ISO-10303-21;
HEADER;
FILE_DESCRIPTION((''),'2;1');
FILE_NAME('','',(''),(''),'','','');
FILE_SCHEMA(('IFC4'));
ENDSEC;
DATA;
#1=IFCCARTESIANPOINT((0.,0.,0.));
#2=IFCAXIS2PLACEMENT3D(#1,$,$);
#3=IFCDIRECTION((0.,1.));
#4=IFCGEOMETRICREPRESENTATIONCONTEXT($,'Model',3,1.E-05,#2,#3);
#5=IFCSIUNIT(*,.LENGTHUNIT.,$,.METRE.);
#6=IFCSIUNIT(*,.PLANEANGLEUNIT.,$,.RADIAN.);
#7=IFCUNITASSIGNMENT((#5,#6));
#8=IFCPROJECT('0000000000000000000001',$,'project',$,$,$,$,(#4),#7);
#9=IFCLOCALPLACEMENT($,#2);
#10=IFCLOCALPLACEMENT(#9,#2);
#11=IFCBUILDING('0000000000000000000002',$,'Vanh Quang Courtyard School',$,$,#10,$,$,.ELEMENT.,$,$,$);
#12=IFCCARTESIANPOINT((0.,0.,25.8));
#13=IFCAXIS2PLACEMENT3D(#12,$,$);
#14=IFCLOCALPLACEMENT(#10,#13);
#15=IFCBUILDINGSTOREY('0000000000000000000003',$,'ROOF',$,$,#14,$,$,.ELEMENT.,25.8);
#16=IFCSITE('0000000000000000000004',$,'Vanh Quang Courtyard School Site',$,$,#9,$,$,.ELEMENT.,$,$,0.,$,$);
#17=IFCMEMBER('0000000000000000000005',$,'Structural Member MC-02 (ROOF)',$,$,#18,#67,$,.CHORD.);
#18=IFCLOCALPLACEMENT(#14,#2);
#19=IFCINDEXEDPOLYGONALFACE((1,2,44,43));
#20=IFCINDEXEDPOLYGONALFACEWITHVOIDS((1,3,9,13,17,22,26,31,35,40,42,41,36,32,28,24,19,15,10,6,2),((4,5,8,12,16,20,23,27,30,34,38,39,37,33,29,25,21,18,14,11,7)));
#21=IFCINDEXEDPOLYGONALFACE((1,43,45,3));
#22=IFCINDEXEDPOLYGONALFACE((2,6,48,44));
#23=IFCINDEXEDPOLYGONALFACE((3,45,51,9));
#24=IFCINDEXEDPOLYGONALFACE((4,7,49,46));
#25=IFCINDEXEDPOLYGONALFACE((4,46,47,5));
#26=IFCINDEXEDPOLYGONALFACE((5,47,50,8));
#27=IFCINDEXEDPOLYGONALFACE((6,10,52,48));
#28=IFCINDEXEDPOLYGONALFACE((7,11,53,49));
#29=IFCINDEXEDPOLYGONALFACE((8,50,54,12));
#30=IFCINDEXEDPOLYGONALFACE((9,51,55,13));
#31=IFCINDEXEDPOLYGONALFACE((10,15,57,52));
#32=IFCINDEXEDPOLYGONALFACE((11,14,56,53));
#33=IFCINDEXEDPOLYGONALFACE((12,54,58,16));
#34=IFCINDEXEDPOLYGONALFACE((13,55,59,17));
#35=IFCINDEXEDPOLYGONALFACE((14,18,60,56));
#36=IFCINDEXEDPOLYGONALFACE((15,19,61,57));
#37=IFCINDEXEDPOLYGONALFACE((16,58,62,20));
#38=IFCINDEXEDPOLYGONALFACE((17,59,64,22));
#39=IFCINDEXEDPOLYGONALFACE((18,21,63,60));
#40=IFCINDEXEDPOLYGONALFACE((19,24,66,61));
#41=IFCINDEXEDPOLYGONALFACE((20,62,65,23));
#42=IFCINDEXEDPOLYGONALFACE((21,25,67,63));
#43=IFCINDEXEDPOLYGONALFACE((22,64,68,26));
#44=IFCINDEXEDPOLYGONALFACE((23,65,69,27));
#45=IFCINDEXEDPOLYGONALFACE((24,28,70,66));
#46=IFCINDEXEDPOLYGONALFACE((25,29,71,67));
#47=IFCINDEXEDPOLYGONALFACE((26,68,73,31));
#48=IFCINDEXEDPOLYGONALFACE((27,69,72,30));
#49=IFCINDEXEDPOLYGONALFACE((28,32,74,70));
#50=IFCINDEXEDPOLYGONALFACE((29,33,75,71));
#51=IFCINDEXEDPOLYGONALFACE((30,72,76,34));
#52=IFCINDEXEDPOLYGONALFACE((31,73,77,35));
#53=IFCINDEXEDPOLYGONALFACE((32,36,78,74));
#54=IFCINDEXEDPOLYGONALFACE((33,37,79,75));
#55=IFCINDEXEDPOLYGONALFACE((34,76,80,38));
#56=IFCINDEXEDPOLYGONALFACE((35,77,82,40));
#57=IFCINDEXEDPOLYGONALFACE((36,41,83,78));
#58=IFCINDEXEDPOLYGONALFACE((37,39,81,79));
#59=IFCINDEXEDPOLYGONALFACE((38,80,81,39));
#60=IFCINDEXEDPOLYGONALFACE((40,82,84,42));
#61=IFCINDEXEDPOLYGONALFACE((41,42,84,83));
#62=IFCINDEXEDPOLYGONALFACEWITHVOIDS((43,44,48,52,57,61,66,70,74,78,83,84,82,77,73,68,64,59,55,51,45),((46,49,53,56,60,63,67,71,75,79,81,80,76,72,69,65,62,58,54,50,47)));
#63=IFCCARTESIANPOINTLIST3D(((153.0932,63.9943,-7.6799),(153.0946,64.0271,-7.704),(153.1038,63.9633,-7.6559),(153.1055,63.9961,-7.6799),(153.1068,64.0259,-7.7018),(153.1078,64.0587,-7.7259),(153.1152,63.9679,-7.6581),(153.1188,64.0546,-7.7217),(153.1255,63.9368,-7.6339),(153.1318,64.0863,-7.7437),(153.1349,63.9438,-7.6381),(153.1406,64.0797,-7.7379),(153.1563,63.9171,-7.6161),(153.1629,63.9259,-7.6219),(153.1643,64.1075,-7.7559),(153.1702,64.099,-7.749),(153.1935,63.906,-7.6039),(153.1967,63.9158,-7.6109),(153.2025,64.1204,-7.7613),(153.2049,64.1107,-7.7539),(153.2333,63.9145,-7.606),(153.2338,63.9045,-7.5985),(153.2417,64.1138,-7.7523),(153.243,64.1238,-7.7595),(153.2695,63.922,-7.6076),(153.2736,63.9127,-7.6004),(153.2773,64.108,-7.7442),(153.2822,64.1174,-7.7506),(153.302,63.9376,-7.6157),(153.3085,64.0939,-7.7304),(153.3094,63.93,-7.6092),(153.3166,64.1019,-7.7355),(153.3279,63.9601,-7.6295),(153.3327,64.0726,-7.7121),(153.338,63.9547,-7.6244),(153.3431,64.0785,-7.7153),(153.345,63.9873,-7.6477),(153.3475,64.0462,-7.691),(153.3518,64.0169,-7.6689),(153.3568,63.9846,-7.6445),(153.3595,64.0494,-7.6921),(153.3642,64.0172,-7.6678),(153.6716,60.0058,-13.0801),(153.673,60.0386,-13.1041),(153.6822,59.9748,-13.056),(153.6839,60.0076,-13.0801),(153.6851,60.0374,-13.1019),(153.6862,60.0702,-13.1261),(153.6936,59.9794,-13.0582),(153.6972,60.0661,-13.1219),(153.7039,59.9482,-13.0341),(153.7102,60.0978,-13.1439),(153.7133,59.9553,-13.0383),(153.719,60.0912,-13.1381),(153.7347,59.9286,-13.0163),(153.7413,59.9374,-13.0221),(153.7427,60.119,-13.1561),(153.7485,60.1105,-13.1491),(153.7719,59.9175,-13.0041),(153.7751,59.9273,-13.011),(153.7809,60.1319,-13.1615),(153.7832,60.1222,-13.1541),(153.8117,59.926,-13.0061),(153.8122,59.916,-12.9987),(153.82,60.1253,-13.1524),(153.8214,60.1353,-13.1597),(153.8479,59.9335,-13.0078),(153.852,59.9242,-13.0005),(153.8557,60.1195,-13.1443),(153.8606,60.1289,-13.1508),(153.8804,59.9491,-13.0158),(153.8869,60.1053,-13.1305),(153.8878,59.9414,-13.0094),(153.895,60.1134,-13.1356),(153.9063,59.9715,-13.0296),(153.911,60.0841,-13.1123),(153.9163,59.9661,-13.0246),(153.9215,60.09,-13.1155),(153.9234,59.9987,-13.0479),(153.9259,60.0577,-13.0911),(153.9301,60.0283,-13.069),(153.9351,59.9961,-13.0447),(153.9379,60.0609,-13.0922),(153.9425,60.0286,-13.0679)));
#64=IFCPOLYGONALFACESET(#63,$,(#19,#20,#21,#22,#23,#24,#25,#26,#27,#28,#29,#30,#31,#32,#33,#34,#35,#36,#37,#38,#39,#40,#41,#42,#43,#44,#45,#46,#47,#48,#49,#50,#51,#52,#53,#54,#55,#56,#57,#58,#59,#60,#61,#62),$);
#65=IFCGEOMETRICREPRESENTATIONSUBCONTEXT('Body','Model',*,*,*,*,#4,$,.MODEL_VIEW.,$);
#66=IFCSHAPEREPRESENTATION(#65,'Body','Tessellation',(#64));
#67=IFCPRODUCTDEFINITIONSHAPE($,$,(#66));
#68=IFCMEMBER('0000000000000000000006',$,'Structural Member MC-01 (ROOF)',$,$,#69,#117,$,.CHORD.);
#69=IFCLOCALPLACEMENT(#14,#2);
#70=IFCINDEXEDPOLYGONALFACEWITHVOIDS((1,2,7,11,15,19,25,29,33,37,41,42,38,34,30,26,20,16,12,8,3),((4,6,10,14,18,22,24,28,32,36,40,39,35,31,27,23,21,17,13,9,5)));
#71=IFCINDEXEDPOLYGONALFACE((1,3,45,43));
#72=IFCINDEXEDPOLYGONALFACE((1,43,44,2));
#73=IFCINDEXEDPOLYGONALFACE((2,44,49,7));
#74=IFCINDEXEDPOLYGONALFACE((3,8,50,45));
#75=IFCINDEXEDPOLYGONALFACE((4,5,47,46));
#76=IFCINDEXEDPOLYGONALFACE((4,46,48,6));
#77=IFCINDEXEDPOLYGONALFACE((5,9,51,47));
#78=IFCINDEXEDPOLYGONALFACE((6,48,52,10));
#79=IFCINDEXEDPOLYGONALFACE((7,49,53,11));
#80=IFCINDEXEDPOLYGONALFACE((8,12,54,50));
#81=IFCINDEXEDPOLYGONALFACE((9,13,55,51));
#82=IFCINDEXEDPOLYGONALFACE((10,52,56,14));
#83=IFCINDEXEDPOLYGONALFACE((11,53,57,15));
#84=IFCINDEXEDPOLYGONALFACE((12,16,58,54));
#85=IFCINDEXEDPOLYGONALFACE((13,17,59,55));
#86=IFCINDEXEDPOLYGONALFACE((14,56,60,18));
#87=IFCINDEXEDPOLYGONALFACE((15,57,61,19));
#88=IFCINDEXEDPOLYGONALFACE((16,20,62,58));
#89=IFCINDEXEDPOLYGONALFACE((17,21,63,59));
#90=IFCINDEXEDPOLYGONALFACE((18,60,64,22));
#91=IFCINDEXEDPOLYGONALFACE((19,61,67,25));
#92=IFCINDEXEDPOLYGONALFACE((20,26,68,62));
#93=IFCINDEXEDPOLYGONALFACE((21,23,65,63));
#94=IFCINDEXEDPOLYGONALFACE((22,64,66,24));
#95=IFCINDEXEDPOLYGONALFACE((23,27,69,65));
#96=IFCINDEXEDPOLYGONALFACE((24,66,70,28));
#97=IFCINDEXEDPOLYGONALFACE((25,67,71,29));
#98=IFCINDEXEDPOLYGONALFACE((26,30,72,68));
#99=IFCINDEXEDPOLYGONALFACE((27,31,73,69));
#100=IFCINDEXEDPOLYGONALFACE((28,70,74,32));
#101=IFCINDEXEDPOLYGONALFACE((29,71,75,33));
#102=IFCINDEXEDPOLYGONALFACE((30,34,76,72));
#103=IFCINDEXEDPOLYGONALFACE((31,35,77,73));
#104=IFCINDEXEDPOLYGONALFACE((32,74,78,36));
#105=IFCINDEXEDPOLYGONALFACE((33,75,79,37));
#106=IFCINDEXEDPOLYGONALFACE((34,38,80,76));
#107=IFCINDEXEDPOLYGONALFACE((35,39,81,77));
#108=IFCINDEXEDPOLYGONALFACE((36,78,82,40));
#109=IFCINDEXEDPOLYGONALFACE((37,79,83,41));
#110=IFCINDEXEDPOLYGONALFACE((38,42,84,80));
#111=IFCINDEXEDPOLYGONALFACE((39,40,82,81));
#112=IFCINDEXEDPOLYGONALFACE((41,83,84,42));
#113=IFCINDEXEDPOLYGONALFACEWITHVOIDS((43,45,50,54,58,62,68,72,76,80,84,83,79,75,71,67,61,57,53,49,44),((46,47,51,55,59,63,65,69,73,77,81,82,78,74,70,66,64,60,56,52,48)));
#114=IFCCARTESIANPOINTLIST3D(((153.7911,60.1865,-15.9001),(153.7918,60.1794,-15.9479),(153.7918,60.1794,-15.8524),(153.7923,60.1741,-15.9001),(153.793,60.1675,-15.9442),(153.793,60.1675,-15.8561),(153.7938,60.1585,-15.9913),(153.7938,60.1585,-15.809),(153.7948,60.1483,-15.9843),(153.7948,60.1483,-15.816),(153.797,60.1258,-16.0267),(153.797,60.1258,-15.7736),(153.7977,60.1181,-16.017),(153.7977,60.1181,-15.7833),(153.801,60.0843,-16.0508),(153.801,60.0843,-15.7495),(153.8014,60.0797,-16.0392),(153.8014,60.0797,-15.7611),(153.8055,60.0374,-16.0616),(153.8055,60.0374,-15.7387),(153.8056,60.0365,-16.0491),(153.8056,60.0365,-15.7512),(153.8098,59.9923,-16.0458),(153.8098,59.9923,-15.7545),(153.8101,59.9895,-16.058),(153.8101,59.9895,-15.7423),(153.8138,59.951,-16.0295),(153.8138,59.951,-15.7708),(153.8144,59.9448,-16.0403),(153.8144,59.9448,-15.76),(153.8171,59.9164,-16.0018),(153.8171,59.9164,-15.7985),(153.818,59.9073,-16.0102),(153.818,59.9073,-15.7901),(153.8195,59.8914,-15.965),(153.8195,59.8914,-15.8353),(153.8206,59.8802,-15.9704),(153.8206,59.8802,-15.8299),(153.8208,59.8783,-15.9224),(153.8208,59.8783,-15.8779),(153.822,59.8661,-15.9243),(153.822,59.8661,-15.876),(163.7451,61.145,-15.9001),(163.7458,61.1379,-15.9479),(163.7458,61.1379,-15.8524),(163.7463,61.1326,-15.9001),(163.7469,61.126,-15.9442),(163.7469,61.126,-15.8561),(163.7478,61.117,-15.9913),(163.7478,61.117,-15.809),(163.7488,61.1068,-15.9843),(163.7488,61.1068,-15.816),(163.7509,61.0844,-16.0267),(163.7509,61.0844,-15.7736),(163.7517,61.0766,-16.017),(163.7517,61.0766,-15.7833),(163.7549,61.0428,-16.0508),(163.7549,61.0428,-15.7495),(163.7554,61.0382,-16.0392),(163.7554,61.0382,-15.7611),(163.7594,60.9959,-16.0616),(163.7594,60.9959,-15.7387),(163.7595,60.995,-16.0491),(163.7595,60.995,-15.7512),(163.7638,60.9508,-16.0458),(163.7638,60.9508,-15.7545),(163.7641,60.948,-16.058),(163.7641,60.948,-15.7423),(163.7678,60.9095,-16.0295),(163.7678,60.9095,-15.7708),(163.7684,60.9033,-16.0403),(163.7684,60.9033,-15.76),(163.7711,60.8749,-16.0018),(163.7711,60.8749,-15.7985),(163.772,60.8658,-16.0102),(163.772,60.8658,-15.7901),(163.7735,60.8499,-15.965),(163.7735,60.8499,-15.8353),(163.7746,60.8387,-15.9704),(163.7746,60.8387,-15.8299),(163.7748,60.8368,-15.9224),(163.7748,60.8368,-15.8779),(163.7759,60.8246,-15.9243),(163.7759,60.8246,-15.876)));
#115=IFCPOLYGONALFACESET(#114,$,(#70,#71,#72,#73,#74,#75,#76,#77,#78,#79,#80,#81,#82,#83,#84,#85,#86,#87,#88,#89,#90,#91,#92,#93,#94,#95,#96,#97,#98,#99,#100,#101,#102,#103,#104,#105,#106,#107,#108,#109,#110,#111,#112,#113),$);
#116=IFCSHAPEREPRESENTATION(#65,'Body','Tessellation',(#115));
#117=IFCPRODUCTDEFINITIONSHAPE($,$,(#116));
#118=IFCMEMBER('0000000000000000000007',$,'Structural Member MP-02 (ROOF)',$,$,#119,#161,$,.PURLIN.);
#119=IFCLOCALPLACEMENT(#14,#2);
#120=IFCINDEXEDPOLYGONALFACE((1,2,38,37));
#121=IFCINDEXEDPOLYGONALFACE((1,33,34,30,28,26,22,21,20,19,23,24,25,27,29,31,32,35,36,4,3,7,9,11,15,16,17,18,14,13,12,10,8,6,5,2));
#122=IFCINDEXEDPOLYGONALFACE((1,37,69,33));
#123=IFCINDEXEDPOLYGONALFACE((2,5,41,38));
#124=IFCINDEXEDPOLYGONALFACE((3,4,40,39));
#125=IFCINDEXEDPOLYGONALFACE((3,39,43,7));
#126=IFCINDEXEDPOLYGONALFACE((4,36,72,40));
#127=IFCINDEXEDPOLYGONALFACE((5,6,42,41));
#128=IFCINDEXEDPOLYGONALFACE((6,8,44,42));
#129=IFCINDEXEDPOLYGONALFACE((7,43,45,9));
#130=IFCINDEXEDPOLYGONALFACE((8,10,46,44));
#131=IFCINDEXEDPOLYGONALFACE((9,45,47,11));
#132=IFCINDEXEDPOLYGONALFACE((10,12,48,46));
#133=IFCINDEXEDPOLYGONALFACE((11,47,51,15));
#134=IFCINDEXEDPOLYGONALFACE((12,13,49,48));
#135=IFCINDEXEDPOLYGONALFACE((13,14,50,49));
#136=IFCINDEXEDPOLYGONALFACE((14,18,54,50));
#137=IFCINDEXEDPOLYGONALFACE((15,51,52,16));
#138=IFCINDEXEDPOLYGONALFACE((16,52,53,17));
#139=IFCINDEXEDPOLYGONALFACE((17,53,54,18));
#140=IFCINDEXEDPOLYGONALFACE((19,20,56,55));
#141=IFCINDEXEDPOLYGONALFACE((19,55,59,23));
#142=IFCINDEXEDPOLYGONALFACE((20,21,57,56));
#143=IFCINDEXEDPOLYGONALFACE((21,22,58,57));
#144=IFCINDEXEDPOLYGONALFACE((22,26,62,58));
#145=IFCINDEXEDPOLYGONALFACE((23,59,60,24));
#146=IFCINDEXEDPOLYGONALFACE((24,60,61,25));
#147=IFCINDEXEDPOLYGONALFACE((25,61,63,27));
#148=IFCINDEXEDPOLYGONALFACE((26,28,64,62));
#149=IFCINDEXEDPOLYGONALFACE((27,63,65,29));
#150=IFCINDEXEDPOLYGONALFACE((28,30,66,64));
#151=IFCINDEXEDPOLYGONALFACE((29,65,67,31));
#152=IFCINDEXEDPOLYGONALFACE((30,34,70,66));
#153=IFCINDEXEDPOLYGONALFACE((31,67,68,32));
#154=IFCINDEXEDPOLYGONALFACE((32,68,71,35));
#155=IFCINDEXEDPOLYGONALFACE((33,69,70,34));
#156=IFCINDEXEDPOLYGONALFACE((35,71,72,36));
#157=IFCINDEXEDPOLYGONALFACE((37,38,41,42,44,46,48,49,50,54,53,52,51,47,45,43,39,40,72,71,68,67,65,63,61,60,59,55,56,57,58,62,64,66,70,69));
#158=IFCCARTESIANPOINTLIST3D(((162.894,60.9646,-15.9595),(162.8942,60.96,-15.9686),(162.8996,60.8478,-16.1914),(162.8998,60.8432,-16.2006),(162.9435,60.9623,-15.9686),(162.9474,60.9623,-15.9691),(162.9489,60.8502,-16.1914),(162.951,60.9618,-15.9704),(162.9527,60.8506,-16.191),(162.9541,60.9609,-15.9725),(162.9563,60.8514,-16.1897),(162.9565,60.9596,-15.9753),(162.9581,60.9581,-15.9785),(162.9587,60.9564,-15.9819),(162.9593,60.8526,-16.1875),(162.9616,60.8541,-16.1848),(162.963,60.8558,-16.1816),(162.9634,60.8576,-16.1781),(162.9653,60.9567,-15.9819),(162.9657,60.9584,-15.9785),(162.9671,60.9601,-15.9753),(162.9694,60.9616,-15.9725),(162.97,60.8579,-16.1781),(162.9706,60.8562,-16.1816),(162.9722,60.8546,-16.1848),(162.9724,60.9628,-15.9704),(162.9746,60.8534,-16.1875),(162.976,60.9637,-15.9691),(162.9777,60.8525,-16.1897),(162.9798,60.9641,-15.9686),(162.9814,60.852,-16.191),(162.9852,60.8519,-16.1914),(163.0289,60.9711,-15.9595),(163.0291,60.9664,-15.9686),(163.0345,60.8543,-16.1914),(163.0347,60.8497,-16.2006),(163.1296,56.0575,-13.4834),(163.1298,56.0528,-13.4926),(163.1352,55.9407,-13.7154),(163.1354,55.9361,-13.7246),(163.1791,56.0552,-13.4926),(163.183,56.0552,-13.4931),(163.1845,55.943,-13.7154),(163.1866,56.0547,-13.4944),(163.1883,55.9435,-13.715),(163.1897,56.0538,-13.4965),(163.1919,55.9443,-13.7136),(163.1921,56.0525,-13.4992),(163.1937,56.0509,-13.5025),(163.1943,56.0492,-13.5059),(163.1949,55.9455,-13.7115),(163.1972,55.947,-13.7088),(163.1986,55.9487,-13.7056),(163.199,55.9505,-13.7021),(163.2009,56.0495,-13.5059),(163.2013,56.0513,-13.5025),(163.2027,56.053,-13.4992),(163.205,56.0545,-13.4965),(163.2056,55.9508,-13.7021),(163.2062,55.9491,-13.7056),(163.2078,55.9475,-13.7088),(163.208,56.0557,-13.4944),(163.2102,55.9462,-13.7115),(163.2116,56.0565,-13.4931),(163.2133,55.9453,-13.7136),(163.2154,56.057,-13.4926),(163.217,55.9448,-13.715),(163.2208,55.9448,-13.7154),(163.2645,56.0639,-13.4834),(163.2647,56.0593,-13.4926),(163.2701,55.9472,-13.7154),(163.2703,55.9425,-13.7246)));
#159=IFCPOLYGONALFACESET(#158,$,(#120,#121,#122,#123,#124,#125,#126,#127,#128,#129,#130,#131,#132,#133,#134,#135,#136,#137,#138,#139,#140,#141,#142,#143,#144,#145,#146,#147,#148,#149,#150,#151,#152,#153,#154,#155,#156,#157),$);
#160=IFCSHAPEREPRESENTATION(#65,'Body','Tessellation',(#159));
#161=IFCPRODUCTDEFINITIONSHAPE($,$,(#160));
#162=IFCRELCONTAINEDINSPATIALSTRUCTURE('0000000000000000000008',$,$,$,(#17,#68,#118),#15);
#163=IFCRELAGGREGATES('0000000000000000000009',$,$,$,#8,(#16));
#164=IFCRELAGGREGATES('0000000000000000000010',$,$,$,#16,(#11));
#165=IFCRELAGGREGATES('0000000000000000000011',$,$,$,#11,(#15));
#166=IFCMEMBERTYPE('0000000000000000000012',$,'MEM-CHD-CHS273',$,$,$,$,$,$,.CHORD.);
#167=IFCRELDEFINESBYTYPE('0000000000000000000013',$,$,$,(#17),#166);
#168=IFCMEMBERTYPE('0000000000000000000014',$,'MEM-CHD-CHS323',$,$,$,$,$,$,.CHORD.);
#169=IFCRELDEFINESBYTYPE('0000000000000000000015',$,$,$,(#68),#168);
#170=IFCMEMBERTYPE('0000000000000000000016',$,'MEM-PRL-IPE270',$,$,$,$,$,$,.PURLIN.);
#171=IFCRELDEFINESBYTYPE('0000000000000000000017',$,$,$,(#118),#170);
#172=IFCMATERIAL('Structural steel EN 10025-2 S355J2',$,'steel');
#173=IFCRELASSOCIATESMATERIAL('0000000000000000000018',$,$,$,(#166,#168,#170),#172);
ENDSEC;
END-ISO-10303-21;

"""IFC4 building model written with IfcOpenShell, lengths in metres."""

from ifc_helpers import new_model, si_unit, direction, frame, origin, origin_2d, place, context, subcontext, project, spatial, hollow_circle, i_section, extrude, material, material_profile, profile_set, type_object, element, save


model = new_model("IFC4")

# Units and contexts
model_context = context("Model", 3, precision=1e-05, world=origin(), true_north=direction((0.0, 1.0)))
body_context = subcontext(model_context, "Body", "Model", "MODEL_VIEW")
ifc_project = project(units=[si_unit("LENGTHUNIT", "METRE"), si_unit("PLANEANGLEUNIT", "RADIAN")], contexts=[model_context])

# Site, building, storey
site_placement = place(None, origin())
site = spatial("IfcSite", under=ifc_project, at=site_placement, Name="Vanh Quang Courtyard School Site", CompositionType="ELEMENT", RefElevation=0.0)
building_placement = place(site_placement, origin())
building = spatial("IfcBuilding", under=site, at=building_placement, Name="Vanh Quang Courtyard School", CompositionType="ELEMENT")
storey_placement = place(building_placement, frame((0.0, 0.0, 25.8)))
storey = spatial("IfcBuildingStorey", under=building, at=storey_placement, Name="ROOF", CompositionType="ELEMENT", Elevation=25.8)

# Shared definitions
ifc_material_1 = material(Name="Structural steel EN 10025-2 S355J2", Category="steel")

# Members
ifc_material_profile_1 = material_profile(ifc_material_1, hollow_circle(Radius=0.1365, WallThickness=0.0125, at=origin_2d()), Name="CHS 273x12.5")
ifc_profile_set_1 = profile_set([ifc_material_profile_1], Name="Structural steel EN 10025-2 S355J2")
member_type_1 = type_object("IfcMemberType", Name="MEM-CHD-CHS273", PredefinedType="CHORD", material=ifc_profile_set_1)
member_1_placement = place(storey_placement, frame((153.8066, 60.0254, -13.0801), z_axis=(-0.085833, 0.59192, 0.801413), x_axis=(-0.989649, -0.143507, 0.0)))
element("IfcMember", 1, at=member_1_placement, inside=storey, type_object=member_type_1, Name="Structural Member MC-02 (ROOF)", PredefinedType="CHORD", context=body_context, shape_type="SweptSolid", body=[
    extrude(hollow_circle(Radius=0.1365, WallThickness=0.0125, at=origin_2d()), origin(), (0.0, 0.0, 1.0), 6.7383),
])
ifc_material_profile_2 = material_profile(ifc_material_1, hollow_circle(Radius=0.1619, WallThickness=0.0125, at=origin_2d()), Name="CHS 323.9x12.5")
ifc_profile_set_2 = profile_set([ifc_material_profile_2], Name="Structural steel EN 10025-2 S355J2")
member_type_2 = type_object("IfcMemberType", Name="MEM-CHD-CHS323", PredefinedType="CHORD", material=ifc_profile_set_2)
member_2_placement = place(storey_placement, frame((153.8066, 60.0254, -15.9001), z_axis=(0.995396, 0.095851, 0.0), x_axis=(-0.095851, 0.995396, 0.0)))
element("IfcMember", 2, at=member_2_placement, inside=storey, type_object=member_type_2, Name="Structural Member MC-01 (ROOF)", PredefinedType="CHORD", context=body_context, shape_type="SweptSolid", body=[
    extrude(hollow_circle(Radius=0.1619, WallThickness=0.0125, at=origin_2d()), origin(), (0.0, 0.0, 1.0), 10.0),
])
ifc_material_profile_3 = material_profile(ifc_material_1, i_section(OverallWidth=0.135, OverallDepth=0.27, WebThickness=0.0066, FlangeThickness=0.0103, FilletRadius=0.0149, at=origin_2d()), Name="IPE 270")
ifc_profile_set_3 = profile_set([ifc_material_profile_3], Name="Structural steel EN 10025-2 S355J2")
member_type_3 = type_object("IfcMemberType", Name="MEM-PRL-IPE270", PredefinedType="PURLIN", material=ifc_profile_set_3)
member_3_placement = place(storey_placement, frame((163.2, 56.0, -13.604), z_axis=(-0.042823, 0.891968, -0.450066), x_axis=(-0.99885, -0.047955, 0.0)))
element("IfcMember", 3, at=member_3_placement, inside=storey, type_object=member_type_3, Name="Structural Member MP-02 (ROOF)", PredefinedType="PURLIN", context=body_context, shape_type="SweptSolid", body=[
    extrude(i_section(OverallWidth=0.135, OverallDepth=0.27, WebThickness=0.0066, FlangeThickness=0.0103, FilletRadius=0.0149, at=origin_2d()), origin(), (0.0, 0.0, 1.0), 5.5015),
])

save(model, "model.ifc")
